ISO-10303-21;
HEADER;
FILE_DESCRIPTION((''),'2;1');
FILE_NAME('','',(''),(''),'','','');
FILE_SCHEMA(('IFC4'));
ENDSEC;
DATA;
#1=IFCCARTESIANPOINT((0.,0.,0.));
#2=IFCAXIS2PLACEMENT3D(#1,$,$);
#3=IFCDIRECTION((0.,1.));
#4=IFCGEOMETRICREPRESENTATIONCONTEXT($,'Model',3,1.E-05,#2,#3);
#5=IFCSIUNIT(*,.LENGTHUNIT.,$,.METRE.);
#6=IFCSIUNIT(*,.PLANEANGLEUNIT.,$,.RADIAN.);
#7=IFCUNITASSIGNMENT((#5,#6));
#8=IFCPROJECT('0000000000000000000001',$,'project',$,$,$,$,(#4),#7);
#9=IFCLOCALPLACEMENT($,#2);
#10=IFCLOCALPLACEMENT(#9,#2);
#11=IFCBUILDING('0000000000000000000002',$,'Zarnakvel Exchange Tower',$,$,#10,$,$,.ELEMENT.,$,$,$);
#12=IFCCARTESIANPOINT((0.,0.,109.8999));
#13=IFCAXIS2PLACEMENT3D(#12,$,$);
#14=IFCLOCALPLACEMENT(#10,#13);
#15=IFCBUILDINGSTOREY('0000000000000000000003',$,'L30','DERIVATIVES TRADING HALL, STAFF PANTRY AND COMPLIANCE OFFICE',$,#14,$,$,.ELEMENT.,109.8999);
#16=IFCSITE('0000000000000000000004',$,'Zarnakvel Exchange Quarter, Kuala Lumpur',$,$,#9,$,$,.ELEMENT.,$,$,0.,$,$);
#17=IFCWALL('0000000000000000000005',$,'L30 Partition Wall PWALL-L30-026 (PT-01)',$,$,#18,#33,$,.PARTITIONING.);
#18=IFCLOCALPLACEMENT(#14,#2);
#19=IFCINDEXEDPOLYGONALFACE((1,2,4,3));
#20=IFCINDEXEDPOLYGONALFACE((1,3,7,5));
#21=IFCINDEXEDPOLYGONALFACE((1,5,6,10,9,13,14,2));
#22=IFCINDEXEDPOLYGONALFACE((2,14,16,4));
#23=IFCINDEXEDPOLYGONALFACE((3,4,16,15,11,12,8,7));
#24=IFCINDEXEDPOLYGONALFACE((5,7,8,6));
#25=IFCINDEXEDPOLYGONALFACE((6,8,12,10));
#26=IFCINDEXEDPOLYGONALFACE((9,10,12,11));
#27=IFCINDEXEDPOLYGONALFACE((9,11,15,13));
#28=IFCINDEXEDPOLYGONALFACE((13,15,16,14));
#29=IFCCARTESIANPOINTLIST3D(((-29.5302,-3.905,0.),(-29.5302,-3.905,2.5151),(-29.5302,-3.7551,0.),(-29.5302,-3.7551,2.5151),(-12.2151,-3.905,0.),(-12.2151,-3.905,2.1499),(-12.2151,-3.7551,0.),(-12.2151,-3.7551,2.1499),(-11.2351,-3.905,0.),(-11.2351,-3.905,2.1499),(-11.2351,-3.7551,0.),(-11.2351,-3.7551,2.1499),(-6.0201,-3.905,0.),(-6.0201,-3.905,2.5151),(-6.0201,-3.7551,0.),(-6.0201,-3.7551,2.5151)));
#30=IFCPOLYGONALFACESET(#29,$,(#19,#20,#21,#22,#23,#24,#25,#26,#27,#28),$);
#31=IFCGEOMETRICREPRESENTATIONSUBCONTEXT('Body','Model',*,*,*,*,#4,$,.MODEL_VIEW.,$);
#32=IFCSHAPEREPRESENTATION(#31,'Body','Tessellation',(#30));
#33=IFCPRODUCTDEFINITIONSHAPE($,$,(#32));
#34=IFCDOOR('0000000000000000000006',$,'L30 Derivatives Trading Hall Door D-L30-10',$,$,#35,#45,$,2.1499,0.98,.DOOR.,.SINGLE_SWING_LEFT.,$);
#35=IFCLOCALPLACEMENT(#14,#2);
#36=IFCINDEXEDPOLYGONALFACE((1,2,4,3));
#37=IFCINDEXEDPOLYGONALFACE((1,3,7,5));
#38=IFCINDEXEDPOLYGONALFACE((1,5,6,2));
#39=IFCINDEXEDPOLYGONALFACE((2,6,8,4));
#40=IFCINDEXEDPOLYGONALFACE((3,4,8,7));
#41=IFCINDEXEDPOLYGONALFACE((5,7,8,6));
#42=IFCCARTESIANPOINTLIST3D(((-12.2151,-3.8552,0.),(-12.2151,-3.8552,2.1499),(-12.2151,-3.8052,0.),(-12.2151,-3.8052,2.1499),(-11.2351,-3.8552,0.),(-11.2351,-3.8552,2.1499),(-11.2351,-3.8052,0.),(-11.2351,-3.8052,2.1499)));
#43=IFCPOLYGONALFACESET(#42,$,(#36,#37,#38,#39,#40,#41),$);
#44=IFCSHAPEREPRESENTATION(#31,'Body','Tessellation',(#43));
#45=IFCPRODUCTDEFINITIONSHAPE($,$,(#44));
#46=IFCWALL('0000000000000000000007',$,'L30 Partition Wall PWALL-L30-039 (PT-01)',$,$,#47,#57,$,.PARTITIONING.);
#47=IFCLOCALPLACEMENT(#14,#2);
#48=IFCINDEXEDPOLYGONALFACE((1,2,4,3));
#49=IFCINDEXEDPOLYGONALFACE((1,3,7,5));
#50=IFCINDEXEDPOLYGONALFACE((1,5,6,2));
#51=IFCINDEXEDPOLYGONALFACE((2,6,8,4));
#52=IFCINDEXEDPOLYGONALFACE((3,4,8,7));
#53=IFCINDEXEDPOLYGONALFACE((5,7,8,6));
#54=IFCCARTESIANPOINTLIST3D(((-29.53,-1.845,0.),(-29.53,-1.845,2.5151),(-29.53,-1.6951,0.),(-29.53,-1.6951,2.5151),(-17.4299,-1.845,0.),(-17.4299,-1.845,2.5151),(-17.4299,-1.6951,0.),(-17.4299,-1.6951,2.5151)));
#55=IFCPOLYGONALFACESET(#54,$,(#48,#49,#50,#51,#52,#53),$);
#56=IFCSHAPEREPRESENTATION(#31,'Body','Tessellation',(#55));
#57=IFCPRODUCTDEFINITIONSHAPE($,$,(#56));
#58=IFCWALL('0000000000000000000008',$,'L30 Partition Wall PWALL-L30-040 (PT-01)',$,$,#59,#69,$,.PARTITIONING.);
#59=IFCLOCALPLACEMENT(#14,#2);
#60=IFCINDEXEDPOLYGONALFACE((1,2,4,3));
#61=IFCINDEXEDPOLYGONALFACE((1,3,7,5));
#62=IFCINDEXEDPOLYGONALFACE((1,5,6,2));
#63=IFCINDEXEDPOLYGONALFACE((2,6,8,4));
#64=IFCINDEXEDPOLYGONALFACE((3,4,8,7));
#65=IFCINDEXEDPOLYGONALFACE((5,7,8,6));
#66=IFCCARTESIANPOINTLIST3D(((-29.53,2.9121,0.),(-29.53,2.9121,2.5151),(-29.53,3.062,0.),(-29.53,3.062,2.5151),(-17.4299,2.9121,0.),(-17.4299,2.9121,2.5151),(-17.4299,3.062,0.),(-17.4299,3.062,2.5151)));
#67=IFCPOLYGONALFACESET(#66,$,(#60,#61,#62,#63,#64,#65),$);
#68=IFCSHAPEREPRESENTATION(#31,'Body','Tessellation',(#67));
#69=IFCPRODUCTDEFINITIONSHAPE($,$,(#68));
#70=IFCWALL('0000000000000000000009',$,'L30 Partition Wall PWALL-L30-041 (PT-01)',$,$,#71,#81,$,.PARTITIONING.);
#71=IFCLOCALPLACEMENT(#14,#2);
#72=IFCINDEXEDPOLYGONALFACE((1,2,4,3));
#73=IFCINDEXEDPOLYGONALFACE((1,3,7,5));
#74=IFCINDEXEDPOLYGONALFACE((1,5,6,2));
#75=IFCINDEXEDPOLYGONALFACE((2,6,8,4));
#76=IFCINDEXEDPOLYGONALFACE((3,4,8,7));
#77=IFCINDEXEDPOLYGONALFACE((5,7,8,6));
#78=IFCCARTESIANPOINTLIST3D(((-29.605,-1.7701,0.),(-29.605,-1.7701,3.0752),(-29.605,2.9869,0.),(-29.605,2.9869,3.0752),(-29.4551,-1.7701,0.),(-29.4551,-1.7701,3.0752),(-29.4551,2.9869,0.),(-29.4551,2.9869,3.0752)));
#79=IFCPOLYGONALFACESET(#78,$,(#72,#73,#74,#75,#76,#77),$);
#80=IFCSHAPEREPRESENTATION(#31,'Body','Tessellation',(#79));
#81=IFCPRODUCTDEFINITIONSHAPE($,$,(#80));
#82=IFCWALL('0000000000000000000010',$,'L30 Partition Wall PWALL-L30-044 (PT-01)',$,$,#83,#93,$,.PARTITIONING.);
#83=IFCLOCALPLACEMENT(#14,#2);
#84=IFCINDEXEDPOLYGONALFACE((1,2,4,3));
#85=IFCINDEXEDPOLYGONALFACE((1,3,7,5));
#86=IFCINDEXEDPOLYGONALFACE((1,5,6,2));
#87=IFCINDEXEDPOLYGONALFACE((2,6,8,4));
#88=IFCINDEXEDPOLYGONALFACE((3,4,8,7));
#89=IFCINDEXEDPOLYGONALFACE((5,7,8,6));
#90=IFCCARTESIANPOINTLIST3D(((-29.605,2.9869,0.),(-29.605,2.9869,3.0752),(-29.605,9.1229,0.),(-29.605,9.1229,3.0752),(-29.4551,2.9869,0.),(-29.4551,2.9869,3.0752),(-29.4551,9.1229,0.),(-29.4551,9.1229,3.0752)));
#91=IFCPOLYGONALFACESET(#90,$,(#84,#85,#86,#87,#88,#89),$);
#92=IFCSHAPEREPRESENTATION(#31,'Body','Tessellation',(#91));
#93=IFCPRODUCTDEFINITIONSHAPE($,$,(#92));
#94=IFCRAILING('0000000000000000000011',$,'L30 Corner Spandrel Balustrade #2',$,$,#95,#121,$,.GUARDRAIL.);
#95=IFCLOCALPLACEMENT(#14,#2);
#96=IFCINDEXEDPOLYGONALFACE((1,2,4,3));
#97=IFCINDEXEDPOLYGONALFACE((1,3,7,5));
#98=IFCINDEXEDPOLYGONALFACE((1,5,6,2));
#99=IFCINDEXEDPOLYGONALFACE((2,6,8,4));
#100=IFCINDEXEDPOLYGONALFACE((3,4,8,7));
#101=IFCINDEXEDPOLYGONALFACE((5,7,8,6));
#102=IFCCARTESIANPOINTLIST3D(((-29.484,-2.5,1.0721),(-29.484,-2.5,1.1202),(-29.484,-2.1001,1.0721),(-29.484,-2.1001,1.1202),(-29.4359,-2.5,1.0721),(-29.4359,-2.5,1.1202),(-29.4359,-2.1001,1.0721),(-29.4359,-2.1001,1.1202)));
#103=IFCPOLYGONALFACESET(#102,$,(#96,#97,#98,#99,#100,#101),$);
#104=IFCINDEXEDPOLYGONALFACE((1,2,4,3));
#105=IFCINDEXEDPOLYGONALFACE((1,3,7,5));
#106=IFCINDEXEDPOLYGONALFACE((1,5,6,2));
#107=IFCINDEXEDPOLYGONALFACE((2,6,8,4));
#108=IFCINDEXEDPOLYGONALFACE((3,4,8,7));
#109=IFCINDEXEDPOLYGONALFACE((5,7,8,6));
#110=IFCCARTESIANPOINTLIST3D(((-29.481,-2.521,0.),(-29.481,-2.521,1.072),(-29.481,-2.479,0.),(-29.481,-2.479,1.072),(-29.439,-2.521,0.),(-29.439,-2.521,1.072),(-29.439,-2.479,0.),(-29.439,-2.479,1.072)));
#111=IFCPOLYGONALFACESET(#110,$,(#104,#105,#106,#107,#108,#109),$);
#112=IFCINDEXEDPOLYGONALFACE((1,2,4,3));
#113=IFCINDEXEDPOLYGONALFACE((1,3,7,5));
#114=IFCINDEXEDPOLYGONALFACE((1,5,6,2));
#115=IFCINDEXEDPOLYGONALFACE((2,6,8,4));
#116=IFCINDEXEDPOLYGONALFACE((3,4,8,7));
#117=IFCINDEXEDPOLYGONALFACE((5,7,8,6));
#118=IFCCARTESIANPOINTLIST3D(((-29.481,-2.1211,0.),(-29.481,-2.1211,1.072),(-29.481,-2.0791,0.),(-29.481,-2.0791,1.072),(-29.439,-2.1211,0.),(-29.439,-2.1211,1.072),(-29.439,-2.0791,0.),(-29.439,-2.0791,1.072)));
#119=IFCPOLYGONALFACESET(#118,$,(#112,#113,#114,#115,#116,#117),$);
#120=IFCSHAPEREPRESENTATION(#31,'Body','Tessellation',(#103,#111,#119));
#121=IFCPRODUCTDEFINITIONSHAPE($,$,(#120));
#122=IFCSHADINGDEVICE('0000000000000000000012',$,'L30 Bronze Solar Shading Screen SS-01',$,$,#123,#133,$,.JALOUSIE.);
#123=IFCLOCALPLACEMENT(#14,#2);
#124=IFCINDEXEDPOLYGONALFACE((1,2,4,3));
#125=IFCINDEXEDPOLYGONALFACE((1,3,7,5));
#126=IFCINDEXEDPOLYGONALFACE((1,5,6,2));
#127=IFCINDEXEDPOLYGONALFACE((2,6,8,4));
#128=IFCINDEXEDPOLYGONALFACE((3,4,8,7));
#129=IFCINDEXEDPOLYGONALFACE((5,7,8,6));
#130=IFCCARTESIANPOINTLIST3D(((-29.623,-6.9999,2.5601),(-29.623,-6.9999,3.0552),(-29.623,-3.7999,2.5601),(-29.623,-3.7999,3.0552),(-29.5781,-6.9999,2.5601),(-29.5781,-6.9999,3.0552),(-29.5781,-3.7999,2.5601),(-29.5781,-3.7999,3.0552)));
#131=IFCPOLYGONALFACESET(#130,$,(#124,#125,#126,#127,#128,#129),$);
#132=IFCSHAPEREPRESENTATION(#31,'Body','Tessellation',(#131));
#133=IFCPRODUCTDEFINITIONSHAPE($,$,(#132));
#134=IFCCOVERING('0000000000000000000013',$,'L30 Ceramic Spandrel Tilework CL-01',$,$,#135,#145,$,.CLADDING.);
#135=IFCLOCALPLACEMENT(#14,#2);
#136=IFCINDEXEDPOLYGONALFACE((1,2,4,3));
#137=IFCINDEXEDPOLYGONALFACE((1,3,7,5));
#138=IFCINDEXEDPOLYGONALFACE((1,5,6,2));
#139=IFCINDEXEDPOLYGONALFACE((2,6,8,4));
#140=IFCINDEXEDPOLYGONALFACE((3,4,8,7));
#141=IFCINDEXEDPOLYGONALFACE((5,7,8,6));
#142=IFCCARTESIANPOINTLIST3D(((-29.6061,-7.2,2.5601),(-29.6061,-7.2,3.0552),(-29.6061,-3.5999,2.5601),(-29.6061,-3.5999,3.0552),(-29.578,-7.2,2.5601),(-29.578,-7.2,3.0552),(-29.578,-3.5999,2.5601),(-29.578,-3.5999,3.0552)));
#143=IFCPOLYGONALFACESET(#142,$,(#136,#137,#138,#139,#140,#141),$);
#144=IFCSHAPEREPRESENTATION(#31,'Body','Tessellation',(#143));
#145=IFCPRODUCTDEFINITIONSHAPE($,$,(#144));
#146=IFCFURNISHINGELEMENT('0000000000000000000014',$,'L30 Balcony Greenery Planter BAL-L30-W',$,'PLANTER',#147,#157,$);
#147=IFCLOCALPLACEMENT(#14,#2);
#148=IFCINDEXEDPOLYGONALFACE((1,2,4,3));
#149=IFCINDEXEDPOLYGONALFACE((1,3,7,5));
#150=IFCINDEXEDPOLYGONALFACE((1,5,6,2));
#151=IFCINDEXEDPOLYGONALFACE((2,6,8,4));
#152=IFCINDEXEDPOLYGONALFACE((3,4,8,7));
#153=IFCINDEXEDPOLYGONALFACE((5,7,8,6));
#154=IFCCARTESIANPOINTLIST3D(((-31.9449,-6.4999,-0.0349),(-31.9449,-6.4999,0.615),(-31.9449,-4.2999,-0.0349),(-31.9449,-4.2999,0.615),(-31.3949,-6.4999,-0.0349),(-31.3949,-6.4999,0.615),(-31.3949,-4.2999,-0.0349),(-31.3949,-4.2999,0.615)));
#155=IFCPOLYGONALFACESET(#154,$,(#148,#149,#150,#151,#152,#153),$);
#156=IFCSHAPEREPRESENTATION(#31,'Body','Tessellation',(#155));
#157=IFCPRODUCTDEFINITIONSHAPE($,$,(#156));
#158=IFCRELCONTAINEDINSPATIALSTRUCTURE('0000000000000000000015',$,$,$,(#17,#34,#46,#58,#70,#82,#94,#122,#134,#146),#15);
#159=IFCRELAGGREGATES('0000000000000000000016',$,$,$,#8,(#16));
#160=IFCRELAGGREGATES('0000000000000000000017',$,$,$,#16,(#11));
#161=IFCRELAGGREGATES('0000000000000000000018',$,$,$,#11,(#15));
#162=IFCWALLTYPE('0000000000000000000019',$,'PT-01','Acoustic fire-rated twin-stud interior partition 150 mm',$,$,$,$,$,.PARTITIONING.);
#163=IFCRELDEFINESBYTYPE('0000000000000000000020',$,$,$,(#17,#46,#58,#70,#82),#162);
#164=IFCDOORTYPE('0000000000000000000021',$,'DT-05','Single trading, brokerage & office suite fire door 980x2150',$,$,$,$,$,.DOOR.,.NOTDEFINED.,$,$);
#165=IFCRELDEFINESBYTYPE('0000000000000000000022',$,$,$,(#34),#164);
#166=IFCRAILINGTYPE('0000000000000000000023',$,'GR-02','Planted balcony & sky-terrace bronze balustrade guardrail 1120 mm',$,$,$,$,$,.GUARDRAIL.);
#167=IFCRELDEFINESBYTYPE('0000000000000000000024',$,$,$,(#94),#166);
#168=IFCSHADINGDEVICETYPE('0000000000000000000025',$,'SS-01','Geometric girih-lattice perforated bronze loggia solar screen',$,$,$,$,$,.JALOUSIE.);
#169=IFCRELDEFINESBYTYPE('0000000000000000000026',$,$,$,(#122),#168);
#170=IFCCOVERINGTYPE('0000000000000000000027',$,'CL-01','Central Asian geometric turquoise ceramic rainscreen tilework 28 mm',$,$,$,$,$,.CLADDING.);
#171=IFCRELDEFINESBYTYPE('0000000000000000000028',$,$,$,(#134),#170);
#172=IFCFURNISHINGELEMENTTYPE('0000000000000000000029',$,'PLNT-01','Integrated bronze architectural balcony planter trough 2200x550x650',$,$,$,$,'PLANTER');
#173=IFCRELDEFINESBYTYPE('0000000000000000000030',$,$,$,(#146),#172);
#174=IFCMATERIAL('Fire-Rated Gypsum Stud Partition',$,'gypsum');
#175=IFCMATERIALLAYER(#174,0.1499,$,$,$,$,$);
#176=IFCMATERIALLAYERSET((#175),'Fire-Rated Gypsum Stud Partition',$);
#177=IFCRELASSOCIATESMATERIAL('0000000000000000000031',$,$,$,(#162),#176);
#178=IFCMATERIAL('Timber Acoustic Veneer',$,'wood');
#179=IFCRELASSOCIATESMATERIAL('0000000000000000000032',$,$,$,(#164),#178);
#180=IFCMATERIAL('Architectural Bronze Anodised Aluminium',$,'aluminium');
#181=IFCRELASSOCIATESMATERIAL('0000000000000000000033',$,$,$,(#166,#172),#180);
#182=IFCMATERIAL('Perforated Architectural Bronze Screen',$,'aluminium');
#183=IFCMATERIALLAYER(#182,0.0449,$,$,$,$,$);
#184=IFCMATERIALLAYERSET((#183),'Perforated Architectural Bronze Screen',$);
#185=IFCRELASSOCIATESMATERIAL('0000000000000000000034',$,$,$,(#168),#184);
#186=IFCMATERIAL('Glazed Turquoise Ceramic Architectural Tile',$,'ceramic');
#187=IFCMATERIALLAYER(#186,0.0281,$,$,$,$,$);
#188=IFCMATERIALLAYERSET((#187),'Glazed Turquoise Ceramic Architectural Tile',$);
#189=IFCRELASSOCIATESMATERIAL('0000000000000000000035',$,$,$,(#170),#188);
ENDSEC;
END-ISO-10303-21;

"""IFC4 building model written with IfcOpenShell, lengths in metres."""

from ifc_helpers import new_model, si_unit, direction, frame, frame_2d, origin, origin_2d, place, context, subcontext, project, spatial, rectangle, extrude, source, transform, mapped, material, layer, layer_set, type_object, element, fill, save


model = new_model("IFC4")

# Units and contexts
model_context = context("Model", 3, precision=1e-05, world=origin(), true_north=direction((0.0, 1.0)))
body_context = subcontext(model_context, "Body", "Model", "MODEL_VIEW")
ifc_project = project(units=[si_unit("LENGTHUNIT", "METRE"), si_unit("PLANEANGLEUNIT", "RADIAN")], contexts=[model_context])

# Site, building, storey
site_placement = place(None, origin())
site = spatial("IfcSite", under=ifc_project, at=site_placement, Name="Zarnakvel Exchange Quarter, Kuala Lumpur", CompositionType="ELEMENT", RefElevation=0.0)
building_placement = place(site_placement, origin())
building = spatial("IfcBuilding", under=site, at=building_placement, Name="Zarnakvel Exchange Tower", CompositionType="ELEMENT")
storey_placement = place(building_placement, frame((0.0, 0.0, 109.8999)))
storey = spatial("IfcBuildingStorey", under=building, at=storey_placement, Name="L30", Description="DERIVATIVES TRADING HALL, STAFF PANTRY AND COMPLIANCE OFFICE", CompositionType="ELEMENT", Elevation=109.8999)

# Shared definitions
ifc_material_1 = material(Name="Architectural Bronze Anodised Aluminium", Category="aluminium")

# Wall, opening, door
ifc_material_2 = material(Name="Fire-Rated Gypsum Stud Partition", Category="gypsum")
ifc_layer_1 = layer(ifc_material_2, 0.1499)
ifc_layer_set_1 = layer_set([ifc_layer_1], Name="Fire-Rated Gypsum Stud Partition")
wall_type = type_object("IfcWallType", Name="PT-01", Description="Acoustic fire-rated twin-stud interior partition 150 mm", PredefinedType="PARTITIONING", material=ifc_layer_set_1)
wall_1_placement = place(storey_placement, frame((-29.53, -3.8301, 0.0), z_axis=(0.0, 0.0, 1.0), x_axis=(1.0, 0.0, 0.0)))
wall_1 = element("IfcWall", 1, at=wall_1_placement, inside=storey, type_object=wall_type, Name="L30 Partition Wall PWALL-L30-026 (PT-01)", PredefinedType="PARTITIONING", context=body_context, shape_type="SweptSolid", body=[
    extrude(rectangle(XDim=23.51, YDim=0.1499, at=frame_2d((11.7549, 0.0))), origin(), (0.0, 0.0, 1.0), 2.5151),
])
opening_1_placement = place(wall_1_placement, frame((17.3149, 0.0, 0.0)))
opening_1 = element("IfcOpeningElement", 2, at=opening_1_placement, cuts=wall_1, PredefinedType="OPENING", context=body_context, shape_type="SweptSolid", body=[
    extrude(rectangle(XDim=0.98, YDim=2.1499, at=frame_2d((0.49, 1.075))), frame((0.0, 0.085, 0.0), z_axis=(0.0, -1.0, 0.0), x_axis=(1.0, 0.0, 0.0)), (0.0, 0.0, 1.0), 0.1699),
])
ifc_material_3 = material(Name="Timber Acoustic Veneer", Category="wood")
door_type = type_object("IfcDoorType", Name="DT-05", Description="Single trading, brokerage & office suite fire door 980x2150", OperationType="NOTDEFINED", PredefinedType="DOOR", material=ifc_material_3)
shared_shape_1 = source(origin(), body_context, "Body", "SweptSolid", [
    extrude(rectangle(XDim=0.98, YDim=2.1499, at=frame_2d((0.49, 1.075))), frame((0.0, 0.0249, 0.0), z_axis=(0.0, -1.0, 0.0), x_axis=(1.0, 0.0, 0.0)), (0.0, 0.0, 1.0), 0.05),
])
door_1_placement = place(opening_1_placement, origin())
door_1 = element("IfcDoor", 3, at=door_1_placement, inside=storey, type_object=door_type, Name="L30 Derivatives Trading Hall Door D-L30-10", OperationType="SINGLE_SWING_LEFT", OverallHeight=2.1499, OverallWidth=0.98, PredefinedType="DOOR", context=body_context, shape_type="MappedRepresentation", body=[
    mapped(shared_shape_1, transform((0.0, 0.0, 0.0), x_axis=(1.0, 0.0, 0.0), y_axis=(0.0, 1.0, 0.0), z_axis=(0.0, 0.0, 1.0), scale=1.0)),
])
fill(opening_1, door_1)

# Walls
for number, where, z_axis, x_axis, name in (
    (4, (-17.4299, -1.77, 0.0), (0.0, 0.0, 1.0), (-1.0, 0.0, 0.0), "L30 Partition Wall PWALL-L30-039 (PT-01)"),
    (5, (-29.53, 2.9871, 0.0), (0.0, 0.0, 1.0), (1.0, 0.0, 0.0), "L30 Partition Wall PWALL-L30-040 (PT-01)"),
):
    element("IfcWall", number, at=place(storey_placement, frame(where, z_axis=z_axis, x_axis=x_axis)), inside=storey, type_object=wall_type, Name=name, PredefinedType="PARTITIONING", context=body_context, shape_type="SweptSolid", body=[
        extrude(rectangle(XDim=12.1001, YDim=0.1499, at=frame_2d((6.05, 0.0))), origin(), (0.0, 0.0, 1.0), 2.5151),
    ])
wall_2_placement = place(storey_placement, frame((-29.53, -1.77, 0.0), z_axis=(0.0, 0.0, 1.0), x_axis=(0.0, 1.0, 0.0)))
element("IfcWall", 6, at=wall_2_placement, inside=storey, type_object=wall_type, Name="L30 Partition Wall PWALL-L30-041 (PT-01)", PredefinedType="PARTITIONING", context=body_context, shape_type="SweptSolid", body=[
    extrude(rectangle(XDim=4.7571, YDim=0.1499, at=frame_2d((2.3784, 0.0))), origin(), (0.0, 0.0, 1.0), 3.0752),
])

# Wall
wall_3_placement = place(storey_placement, frame((-29.53, 2.9871, 0.0), z_axis=(0.0, 0.0, 1.0), x_axis=(0.0, 1.0, 0.0)))
element("IfcWall", 7, at=wall_3_placement, inside=storey, type_object=wall_type, Name="L30 Partition Wall PWALL-L30-044 (PT-01)", PredefinedType="PARTITIONING", context=body_context, shape_type="SweptSolid", body=[
    extrude(rectangle(XDim=6.136, YDim=0.1499, at=frame_2d((3.0679, 0.0))), origin(), (0.0, 0.0, 1.0), 3.0752),
])

# Railing
railing_type = type_object("IfcRailingType", Name="GR-02", Description="Planted balcony & sky-terrace bronze balustrade guardrail 1120 mm", PredefinedType="GUARDRAIL", material=ifc_material_1)
railing_placement = place(storey_placement, frame((-29.46, -2.5, 0.0)))
element("IfcRailing", 8, at=railing_placement, inside=storey, type_object=railing_type, Name="L30 Corner Spandrel Balustrade #2", PredefinedType="GUARDRAIL", context=body_context, shape_type="SweptSolid", body=[
    extrude(rectangle(XDim=0.0481, YDim=0.0481, at=origin_2d()), frame((0.0, 0.0, 1.0962), z_axis=(0.0, 1.0, 0.0), x_axis=(-1.0, 0.0, 0.0)), (0.0, 0.0, 1.0), 0.3999),
    extrude(rectangle(XDim=0.042, YDim=0.042, at=origin_2d()), origin(), (0.0, 0.0, 1.0), 1.072),
    extrude(rectangle(XDim=0.042, YDim=0.042, at=origin_2d()), frame((0.0, 0.3999, 0.0)), (0.0, 0.0, 1.0), 1.072),
])

# Shading device
ifc_material_4 = material(Name="Perforated Architectural Bronze Screen", Category="aluminium")
ifc_layer_2 = layer(ifc_material_4, 0.0449)
ifc_layer_set_2 = layer_set([ifc_layer_2], Name="Perforated Architectural Bronze Screen")
shading_device_type = type_object("IfcShadingDeviceType", Name="SS-01", Description="Geometric girih-lattice perforated bronze loggia solar screen", PredefinedType="JALOUSIE", material=ifc_layer_set_2)
shared_shape_2 = source(origin(), body_context, "Body", "SweptSolid", [
    extrude(rectangle(XDim=3.2, YDim=0.0449, at=origin_2d()), origin(), (0.0, 0.0, 1.0), 0.4951),
])
shading_device_placement = place(storey_placement, frame((-29.6006, -5.3999, 2.5601), z_axis=(0.0, 0.0, 1.0), x_axis=(0.0, 1.0, 0.0)))
element("IfcShadingDevice", 9, at=shading_device_placement, inside=storey, type_object=shading_device_type, Name="L30 Bronze Solar Shading Screen SS-01", PredefinedType="JALOUSIE", context=body_context, shape_type="MappedRepresentation", body=[
    mapped(shared_shape_2, transform((0.0, 0.0, 0.0), x_axis=(1.0, 0.0, 0.0), y_axis=(0.0, 1.0, 0.0), z_axis=(0.0, 0.0, 1.0), scale=1.0)),
])

# Covering
ifc_material_5 = material(Name="Glazed Turquoise Ceramic Architectural Tile", Category="ceramic")
ifc_layer_3 = layer(ifc_material_5, 0.0281)
ifc_layer_set_3 = layer_set([ifc_layer_3], Name="Glazed Turquoise Ceramic Architectural Tile")
covering_type = type_object("IfcCoveringType", Name="CL-01", Description="Central Asian geometric turquoise ceramic rainscreen tilework 28 mm", PredefinedType="CLADDING", material=ifc_layer_set_3)
shared_shape_3 = source(origin(), body_context, "Body", "SweptSolid", [
    extrude(rectangle(XDim=3.6001, YDim=0.0281, at=origin_2d()), origin(), (0.0, 0.0, 1.0), 0.4951),
])
covering_placement = place(storey_placement, frame((-29.592, -5.3999, 2.5601), z_axis=(0.0, 0.0, 1.0), x_axis=(0.0, 1.0, 0.0)))
element("IfcCovering", 10, at=covering_placement, inside=storey, type_object=covering_type, Name="L30 Ceramic Spandrel Tilework CL-01", PredefinedType="CLADDING", context=body_context, shape_type="MappedRepresentation", body=[
    mapped(shared_shape_3, transform((0.0, 0.0, 0.0), x_axis=(1.0, 0.0, 0.0), y_axis=(0.0, 1.0, 0.0), z_axis=(0.0, 0.0, 1.0), scale=1.0)),
])

# Furnishing element
furnishing_element_type = type_object("IfcFurnishingElementType", Name="PLNT-01", Description="Integrated bronze architectural balcony planter trough 2200x550x650", ElementType="PLANTER", material=ifc_material_1)
shared_shape_4 = source(origin(), body_context, "Body", "SweptSolid", [
    extrude(rectangle(XDim=2.2, YDim=0.55, at=origin_2d()), origin(), (0.0, 0.0, 1.0), 0.6499),
])
furnishing_placement = place(storey_placement, frame((-31.6699, -5.3999, -0.0349), z_axis=(0.0, 0.0, 1.0), x_axis=(0.0, 1.0, 0.0)))
element("IfcFurnishingElement", 11, at=furnishing_placement, inside=storey, type_object=furnishing_element_type, Name="L30 Balcony Greenery Planter BAL-L30-W", ObjectType="PLANTER", context=body_context, shape_type="MappedRepresentation", body=[
    mapped(shared_shape_4, transform((0.0, 0.0, 0.0), x_axis=(1.0, 0.0, 0.0), y_axis=(0.0, 1.0, 0.0), z_axis=(0.0, 0.0, 1.0), scale=1.0)),
])

save(model, "model.ifc")
